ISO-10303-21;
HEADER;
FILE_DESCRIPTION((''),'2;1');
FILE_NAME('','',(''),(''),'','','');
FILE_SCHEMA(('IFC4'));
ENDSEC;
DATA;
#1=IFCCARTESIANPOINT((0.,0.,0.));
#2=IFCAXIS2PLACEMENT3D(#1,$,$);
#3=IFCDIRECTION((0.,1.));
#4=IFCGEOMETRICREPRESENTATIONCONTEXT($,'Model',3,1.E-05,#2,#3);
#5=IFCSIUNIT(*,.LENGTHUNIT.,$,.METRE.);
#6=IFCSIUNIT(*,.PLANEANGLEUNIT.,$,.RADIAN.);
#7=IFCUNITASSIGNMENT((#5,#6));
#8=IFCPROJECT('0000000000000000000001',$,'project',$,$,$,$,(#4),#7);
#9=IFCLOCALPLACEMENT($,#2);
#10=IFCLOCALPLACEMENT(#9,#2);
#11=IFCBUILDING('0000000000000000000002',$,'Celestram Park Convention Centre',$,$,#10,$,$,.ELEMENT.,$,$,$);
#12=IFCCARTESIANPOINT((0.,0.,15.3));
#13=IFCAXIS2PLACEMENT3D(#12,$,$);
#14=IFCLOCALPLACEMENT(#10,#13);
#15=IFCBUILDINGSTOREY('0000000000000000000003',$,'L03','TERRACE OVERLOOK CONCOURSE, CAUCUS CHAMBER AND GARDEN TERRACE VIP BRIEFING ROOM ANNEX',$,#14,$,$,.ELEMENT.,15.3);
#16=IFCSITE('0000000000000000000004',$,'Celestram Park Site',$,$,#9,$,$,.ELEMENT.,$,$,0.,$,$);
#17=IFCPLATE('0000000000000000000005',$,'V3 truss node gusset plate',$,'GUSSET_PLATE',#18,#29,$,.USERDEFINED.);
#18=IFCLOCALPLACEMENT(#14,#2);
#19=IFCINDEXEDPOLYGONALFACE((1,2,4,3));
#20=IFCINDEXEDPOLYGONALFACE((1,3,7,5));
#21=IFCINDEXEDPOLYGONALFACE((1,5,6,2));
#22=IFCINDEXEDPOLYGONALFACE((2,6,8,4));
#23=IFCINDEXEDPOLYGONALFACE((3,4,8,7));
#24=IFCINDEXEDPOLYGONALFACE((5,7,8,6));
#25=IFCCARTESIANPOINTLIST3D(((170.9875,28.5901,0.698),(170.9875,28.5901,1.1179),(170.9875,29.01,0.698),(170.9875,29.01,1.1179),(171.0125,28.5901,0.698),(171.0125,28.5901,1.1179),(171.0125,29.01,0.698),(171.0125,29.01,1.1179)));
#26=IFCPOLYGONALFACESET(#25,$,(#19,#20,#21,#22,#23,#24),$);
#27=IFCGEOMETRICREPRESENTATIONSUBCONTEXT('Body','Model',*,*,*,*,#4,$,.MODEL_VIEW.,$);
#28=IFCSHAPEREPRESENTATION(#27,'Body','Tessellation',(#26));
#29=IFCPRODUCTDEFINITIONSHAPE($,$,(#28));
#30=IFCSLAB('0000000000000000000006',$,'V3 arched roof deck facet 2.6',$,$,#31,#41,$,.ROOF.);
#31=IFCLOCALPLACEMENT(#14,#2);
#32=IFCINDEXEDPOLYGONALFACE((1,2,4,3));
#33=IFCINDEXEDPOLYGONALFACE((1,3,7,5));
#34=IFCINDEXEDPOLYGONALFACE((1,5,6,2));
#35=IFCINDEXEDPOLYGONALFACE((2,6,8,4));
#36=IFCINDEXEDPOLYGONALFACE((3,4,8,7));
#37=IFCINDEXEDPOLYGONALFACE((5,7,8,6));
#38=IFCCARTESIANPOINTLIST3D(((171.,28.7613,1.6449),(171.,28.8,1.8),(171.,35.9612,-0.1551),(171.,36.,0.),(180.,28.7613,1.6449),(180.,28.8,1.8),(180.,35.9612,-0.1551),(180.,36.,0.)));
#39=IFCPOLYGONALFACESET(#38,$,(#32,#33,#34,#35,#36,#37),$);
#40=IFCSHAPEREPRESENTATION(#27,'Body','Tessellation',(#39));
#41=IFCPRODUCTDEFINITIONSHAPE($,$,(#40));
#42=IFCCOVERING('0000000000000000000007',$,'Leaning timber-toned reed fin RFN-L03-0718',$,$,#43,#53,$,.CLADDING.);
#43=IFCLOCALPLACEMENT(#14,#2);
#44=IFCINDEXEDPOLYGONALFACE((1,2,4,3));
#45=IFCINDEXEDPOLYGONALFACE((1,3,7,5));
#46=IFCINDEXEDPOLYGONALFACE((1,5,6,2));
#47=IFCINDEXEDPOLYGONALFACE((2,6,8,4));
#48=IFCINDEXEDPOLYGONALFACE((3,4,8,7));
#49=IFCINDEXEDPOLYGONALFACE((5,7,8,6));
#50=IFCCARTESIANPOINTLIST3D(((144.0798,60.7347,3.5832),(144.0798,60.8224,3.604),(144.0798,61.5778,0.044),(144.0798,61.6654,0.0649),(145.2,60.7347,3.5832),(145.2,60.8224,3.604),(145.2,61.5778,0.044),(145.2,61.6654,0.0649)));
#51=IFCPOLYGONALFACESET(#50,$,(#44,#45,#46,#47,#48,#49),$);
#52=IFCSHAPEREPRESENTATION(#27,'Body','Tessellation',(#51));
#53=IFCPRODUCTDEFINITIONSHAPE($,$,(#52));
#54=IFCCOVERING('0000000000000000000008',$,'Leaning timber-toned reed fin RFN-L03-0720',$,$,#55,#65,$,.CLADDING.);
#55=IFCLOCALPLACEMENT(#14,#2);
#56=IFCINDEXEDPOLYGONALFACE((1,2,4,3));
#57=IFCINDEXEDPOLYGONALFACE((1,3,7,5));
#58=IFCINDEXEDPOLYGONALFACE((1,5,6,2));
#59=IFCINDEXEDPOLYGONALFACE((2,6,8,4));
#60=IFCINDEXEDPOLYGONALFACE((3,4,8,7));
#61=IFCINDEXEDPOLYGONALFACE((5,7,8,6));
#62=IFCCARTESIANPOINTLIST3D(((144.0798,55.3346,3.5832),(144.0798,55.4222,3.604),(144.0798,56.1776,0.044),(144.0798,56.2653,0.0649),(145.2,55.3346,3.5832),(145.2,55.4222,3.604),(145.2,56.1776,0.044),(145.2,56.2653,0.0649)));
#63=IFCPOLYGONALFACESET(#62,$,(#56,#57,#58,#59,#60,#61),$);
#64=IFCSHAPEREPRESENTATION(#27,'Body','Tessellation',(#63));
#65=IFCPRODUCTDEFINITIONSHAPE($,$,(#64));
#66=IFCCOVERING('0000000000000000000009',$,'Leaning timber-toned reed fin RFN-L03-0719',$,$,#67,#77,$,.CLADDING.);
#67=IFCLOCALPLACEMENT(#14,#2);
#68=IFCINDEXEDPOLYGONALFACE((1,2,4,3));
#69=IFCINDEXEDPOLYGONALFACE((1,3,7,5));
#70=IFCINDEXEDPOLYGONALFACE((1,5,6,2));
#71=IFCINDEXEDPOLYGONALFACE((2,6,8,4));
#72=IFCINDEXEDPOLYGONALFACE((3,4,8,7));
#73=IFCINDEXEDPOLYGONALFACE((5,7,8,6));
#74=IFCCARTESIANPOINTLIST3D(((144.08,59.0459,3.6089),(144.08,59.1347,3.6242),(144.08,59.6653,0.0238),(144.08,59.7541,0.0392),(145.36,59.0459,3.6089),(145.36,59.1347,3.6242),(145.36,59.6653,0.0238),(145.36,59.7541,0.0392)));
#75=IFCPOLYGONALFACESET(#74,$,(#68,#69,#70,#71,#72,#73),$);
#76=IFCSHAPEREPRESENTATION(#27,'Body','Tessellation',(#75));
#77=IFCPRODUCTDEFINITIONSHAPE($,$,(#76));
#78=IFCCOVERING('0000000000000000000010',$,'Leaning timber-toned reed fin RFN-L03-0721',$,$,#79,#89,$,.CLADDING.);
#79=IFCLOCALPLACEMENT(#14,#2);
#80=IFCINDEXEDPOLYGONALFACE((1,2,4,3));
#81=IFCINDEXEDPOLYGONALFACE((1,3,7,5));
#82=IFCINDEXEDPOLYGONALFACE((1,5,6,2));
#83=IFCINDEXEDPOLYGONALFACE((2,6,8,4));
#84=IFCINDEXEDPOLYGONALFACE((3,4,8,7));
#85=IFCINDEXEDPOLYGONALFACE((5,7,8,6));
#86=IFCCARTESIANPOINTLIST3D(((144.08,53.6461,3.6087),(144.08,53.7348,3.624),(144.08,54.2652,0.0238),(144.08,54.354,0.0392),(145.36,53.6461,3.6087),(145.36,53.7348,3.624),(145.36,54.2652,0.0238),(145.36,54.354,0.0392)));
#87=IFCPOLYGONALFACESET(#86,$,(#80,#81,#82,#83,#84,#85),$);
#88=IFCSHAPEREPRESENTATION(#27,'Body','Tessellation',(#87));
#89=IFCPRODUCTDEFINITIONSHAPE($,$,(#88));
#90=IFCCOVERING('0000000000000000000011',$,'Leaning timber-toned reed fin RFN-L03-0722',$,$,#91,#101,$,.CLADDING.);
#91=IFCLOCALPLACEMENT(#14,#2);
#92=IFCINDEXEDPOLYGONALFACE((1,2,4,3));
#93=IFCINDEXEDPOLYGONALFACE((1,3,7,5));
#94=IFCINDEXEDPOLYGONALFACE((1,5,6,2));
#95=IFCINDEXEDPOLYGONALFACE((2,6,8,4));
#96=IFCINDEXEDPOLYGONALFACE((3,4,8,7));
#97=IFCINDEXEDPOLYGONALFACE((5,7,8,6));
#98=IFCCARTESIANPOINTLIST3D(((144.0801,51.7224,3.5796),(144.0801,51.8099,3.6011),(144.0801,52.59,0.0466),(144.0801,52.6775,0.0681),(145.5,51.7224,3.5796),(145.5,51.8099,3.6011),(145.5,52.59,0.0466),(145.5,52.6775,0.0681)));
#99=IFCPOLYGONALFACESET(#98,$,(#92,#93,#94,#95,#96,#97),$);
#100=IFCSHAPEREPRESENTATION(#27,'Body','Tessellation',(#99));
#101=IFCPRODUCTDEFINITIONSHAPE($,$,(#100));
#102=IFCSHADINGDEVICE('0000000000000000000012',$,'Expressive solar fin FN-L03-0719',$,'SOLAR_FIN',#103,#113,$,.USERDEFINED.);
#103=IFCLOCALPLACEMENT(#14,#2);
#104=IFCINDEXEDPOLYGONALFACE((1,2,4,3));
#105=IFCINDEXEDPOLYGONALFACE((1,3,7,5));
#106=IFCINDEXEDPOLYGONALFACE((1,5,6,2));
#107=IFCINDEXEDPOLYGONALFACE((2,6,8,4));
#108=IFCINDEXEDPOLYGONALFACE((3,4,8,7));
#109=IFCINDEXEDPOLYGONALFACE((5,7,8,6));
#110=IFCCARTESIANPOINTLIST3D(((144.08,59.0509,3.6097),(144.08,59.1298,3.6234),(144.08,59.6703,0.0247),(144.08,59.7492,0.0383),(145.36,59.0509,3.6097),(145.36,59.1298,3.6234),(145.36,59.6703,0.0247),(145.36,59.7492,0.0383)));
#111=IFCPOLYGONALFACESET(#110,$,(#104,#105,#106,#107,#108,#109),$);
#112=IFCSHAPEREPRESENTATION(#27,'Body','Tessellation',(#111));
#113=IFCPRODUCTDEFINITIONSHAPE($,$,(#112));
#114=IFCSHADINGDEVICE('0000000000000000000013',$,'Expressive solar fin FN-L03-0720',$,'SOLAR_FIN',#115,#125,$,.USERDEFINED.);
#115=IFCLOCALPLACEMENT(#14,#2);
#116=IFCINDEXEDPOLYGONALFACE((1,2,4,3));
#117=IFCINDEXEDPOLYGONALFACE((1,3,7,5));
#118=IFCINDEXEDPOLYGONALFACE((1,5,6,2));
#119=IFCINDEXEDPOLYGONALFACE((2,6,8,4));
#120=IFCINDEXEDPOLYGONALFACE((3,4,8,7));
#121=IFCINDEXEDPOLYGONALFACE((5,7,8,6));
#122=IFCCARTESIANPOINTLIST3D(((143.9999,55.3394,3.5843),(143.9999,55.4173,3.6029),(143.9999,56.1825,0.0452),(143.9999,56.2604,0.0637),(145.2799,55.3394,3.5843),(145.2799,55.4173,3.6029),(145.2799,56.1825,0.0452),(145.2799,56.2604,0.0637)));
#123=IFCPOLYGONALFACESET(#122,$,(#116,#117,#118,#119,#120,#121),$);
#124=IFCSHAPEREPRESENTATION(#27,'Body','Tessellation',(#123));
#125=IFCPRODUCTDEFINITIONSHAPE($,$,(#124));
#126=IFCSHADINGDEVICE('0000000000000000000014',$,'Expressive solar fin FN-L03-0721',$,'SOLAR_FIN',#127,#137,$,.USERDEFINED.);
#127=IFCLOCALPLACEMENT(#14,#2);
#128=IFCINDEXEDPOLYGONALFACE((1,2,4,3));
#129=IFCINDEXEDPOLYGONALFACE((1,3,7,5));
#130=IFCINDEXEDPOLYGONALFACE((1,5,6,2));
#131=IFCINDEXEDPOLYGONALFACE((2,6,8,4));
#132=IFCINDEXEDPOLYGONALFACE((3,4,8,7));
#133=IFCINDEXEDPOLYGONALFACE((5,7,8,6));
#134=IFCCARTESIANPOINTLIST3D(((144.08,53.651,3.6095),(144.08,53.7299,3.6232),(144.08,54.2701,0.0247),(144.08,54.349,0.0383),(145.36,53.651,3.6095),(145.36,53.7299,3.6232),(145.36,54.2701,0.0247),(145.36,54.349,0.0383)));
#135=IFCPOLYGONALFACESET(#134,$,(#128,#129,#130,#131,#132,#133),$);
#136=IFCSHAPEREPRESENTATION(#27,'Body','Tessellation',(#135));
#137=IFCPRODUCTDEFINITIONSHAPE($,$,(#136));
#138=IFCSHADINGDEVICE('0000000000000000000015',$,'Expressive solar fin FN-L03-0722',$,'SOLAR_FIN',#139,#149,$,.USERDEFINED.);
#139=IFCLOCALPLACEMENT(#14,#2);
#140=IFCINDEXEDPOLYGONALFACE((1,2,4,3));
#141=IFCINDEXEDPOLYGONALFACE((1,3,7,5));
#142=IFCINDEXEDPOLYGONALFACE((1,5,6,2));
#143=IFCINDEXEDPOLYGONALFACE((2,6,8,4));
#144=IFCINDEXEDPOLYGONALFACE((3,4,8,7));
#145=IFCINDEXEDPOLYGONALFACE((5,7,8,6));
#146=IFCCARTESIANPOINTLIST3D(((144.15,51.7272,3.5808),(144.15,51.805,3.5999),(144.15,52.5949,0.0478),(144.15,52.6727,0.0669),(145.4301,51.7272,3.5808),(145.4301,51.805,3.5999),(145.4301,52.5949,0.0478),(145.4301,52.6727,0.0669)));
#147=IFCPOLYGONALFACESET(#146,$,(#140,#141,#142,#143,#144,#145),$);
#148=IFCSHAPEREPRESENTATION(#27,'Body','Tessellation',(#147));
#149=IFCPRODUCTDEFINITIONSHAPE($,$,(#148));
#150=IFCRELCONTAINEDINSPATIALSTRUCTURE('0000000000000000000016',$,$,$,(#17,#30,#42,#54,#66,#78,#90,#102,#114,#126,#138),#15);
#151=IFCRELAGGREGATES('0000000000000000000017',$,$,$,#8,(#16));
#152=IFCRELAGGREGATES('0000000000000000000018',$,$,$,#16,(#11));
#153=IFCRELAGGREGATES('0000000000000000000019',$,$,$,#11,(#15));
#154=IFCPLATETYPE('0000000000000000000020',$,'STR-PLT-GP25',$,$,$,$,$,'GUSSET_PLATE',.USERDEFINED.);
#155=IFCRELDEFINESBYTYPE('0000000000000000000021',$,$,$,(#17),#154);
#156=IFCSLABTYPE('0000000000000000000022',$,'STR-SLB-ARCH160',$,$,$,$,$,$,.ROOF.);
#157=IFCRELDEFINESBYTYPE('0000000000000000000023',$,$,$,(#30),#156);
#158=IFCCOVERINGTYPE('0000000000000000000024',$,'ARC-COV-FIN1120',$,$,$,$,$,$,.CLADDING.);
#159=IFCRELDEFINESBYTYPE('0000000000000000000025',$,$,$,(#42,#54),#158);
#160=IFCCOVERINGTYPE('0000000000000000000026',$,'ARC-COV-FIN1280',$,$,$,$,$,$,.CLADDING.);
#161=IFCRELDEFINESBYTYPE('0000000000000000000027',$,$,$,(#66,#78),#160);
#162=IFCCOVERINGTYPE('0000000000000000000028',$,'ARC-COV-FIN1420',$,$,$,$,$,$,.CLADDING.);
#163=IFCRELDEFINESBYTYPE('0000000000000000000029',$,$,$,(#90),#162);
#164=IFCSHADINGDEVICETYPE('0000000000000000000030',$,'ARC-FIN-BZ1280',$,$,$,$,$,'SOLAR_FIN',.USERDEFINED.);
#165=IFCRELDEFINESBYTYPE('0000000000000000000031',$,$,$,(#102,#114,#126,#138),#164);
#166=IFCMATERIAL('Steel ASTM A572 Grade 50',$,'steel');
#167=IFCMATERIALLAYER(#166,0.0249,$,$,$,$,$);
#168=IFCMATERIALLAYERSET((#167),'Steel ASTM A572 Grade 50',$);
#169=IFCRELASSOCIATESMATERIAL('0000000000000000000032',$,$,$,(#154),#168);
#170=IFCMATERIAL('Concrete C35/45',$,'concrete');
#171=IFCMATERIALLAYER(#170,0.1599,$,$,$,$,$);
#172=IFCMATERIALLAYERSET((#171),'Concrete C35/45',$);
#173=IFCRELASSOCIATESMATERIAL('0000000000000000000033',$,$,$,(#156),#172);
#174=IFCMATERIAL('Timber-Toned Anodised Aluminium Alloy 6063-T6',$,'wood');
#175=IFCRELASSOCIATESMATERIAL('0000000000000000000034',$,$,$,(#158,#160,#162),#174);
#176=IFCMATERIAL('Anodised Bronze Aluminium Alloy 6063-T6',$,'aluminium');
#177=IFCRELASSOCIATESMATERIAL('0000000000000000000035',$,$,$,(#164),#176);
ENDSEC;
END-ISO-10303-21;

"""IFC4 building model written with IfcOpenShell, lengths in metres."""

from ifc_helpers import new_model, si_unit, direction, frame, origin, origin_2d, place, context, subcontext, project, spatial, polyline, rectangle, outline, extrude, material, layer, layer_set, material_profile, profile_set, type_object, element, save


model = new_model("IFC4")

# Units and contexts
model_context = context("Model", 3, precision=1e-05, world=origin(), true_north=direction((0.0, 1.0)))
body_context = subcontext(model_context, "Body", "Model", "MODEL_VIEW")
ifc_project = project(units=[si_unit("LENGTHUNIT", "METRE"), si_unit("PLANEANGLEUNIT", "RADIAN")], contexts=[model_context])

# Site, building, storey
site_placement = place(None, origin())
site = spatial("IfcSite", under=ifc_project, at=site_placement, Name="Celestram Park Site", CompositionType="ELEMENT", RefElevation=0.0)
building_placement = place(site_placement, origin())
building = spatial("IfcBuilding", under=site, at=building_placement, Name="Celestram Park Convention Centre", CompositionType="ELEMENT")
storey_placement = place(building_placement, frame((0.0, 0.0, 15.3)))
storey = spatial("IfcBuildingStorey", under=building, at=storey_placement, Name="L03", Description="TERRACE OVERLOOK CONCOURSE, CAUCUS CHAMBER AND GARDEN TERRACE VIP BRIEFING ROOM ANNEX", CompositionType="ELEMENT", Elevation=15.3)

# Plate
ifc_material_1 = material(Name="Steel ASTM A572 Grade 50", Category="steel")
ifc_layer_1 = layer(ifc_material_1, 0.0249)
ifc_layer_set_1 = layer_set([ifc_layer_1], Name="Steel ASTM A572 Grade 50")
plate_type = type_object("IfcPlateType", Name="STR-PLT-GP25", ElementType="GUSSET_PLATE", PredefinedType="USERDEFINED", material=ifc_layer_set_1)
plate_placement = place(storey_placement, frame((171.0, 28.8, 0.698), z_axis=(0.0, 0.0, 1.0), x_axis=(0.0, 1.0, 0.0)))
element("IfcPlate", 1, at=plate_placement, inside=storey, type_object=plate_type, Name="V3 truss node gusset plate", ObjectType="GUSSET_PLATE", PredefinedType="USERDEFINED", context=body_context, shape_type="SweptSolid", body=[
    extrude(rectangle(XDim=0.4199, YDim=0.0249, at=origin_2d()), origin(), (0.0, 0.0, 1.0), 0.4199),
])

# Slab
ifc_material_2 = material(Name="Concrete C35/45", Category="concrete")
ifc_layer_2 = layer(ifc_material_2, 0.1599)
ifc_layer_set_2 = layer_set([ifc_layer_2], Name="Concrete C35/45")
slab_type = type_object("IfcSlabType", Name="STR-SLB-ARCH160", PredefinedType="ROOF", material=ifc_layer_set_2)
slab_placement = place(storey_placement, frame((171.0, 28.8, 1.8), z_axis=(0.0, 0.242543, 0.970141), x_axis=(1.0, 0.0, 0.0)))
element("IfcSlab", 2, at=slab_placement, inside=storey, type_object=slab_type, Name="V3 arched roof deck facet 2.6", PredefinedType="ROOF", context=body_context, shape_type="SweptSolid", body=[
    extrude(outline(polyline([(0.0, 0.0), (9.0, 0.0), (9.0, 7.4216), (0.0, 7.4216), (0.0, 0.0)])), origin(), (0.0, 0.0, -1.0), 0.1599),
])

# Coverings
ifc_material_3 = material(Name="Timber-Toned Anodised Aluminium Alloy 6063-T6", Category="wood")
ifc_material_profile_1 = material_profile(ifc_material_3, rectangle(XDim=1.1201, YDim=0.0901, at=origin_2d()), Name="REED1120X90")
ifc_profile_set_1 = profile_set([ifc_material_profile_1], Name="Timber-Toned Anodised Aluminium Alloy 6063-T6")
covering_type_1 = type_object("IfcCoveringType", Name="ARC-COV-FIN1120", PredefinedType="CLADDING", material=ifc_profile_set_1)
for number, where, z_axis, x_axis, name in (
    (3, (144.6399, 61.6216, 0.0544), (0.0, -0.23172, 0.972782), (1.0, 0.0, 0.0), "Leaning timber-toned reed fin RFN-L03-0718"),
    (4, (144.6399, 56.2214, 0.0544), (0.0, -0.23172, 0.972782), (1.0, 0.0, 0.0), "Leaning timber-toned reed fin RFN-L03-0720"),
):
    element("IfcCovering", number, at=place(storey_placement, frame(where, z_axis=z_axis, x_axis=x_axis)), inside=storey, type_object=covering_type_1, Name=name, PredefinedType="CLADDING", context=body_context, shape_type="SweptSolid", body=[
        extrude(rectangle(XDim=1.1201, YDim=0.0901, at=origin_2d()), origin(), (0.0, 0.0, 1.0), 3.6382),
    ])
ifc_material_profile_2 = material_profile(ifc_material_3, rectangle(XDim=1.28, YDim=0.0901, at=origin_2d()), Name="REED1280X90")
ifc_profile_set_2 = profile_set([ifc_material_profile_2], Name="Timber-Toned Anodised Aluminium Alloy 6063-T6")
covering_type_2 = type_object("IfcCoveringType", Name="ARC-COV-FIN1280", PredefinedType="CLADDING", material=ifc_profile_set_2)
covering_1_placement = place(storey_placement, frame((144.72, 59.7097, 0.0315), z_axis=(0.0, -0.170251, 0.985401), x_axis=(1.0, 0.0, 0.0)))
element("IfcCovering", 5, at=covering_1_placement, inside=storey, type_object=covering_type_2, Name="Leaning timber-toned reed fin RFN-L03-0719", PredefinedType="CLADDING", context=body_context, shape_type="SweptSolid", body=[
    extrude(rectangle(XDim=1.28, YDim=0.0901, at=origin_2d()), origin(), (0.0, 0.0, 1.0), 3.6382),
])
covering_2_placement = place(storey_placement, frame((144.72, 54.3096, 0.0315), z_axis=(0.0, -0.170186, 0.985412), x_axis=(1.0, 0.0, 0.0)))
element("IfcCovering", 6, at=covering_2_placement, inside=storey, type_object=covering_type_2, Name="Leaning timber-toned reed fin RFN-L03-0721", PredefinedType="CLADDING", context=body_context, shape_type="SweptSolid", body=[
    extrude(rectangle(XDim=1.28, YDim=0.0901, at=origin_2d()), origin(), (0.0, 0.0, 1.0), 3.6379),
])
ifc_material_profile_3 = material_profile(ifc_material_3, rectangle(XDim=1.4199, YDim=0.0901, at=origin_2d()), Name="REED1420X90")
ifc_profile_set_3 = profile_set([ifc_material_profile_3], Name="Timber-Toned Anodised Aluminium Alloy 6063-T6")
covering_type_3 = type_object("IfcCoveringType", Name="ARC-COV-FIN1420", PredefinedType="CLADDING", material=ifc_profile_set_3)
covering_3_placement = place(storey_placement, frame((144.79, 52.6338, 0.0574), z_axis=(0.0, -0.238507, 0.971141), x_axis=(1.0, 0.0, 0.0)))
element("IfcCovering", 7, at=covering_3_placement, inside=storey, type_object=covering_type_3, Name="Leaning timber-toned reed fin RFN-L03-0722", PredefinedType="CLADDING", context=body_context, shape_type="SweptSolid", body=[
    extrude(rectangle(XDim=1.4199, YDim=0.0901, at=origin_2d()), origin(), (0.0, 0.0, 1.0), 3.6379),
])

# Shading devices
ifc_material_4 = material(Name="Anodised Bronze Aluminium Alloy 6063-T6", Category="aluminium")
ifc_material_profile_4 = material_profile(ifc_material_4, rectangle(XDim=1.28, YDim=0.0801, at=origin_2d()), Name="FIN1280X80")
ifc_profile_set_4 = profile_set([ifc_material_profile_4], Name="Anodised Bronze Aluminium Alloy 6063-T6")
shading_device_type = type_object("IfcShadingDeviceType", Name="ARC-FIN-BZ1280", ElementType="SOLAR_FIN", PredefinedType="USERDEFINED", material=ifc_profile_set_4)
for number, where, z_axis, x_axis, name in (
    (8, (144.72, 59.7097, 0.0315), (0.0, -0.170251, 0.985401), (1.0, 0.0, 0.0), "Expressive solar fin FN-L03-0719"),
    (9, (144.6399, 56.2214, 0.0544), (0.0, -0.23172, 0.972782), (1.0, 0.0, 0.0), "Expressive solar fin FN-L03-0720"),
):
    element("IfcShadingDevice", number, at=place(storey_placement, frame(where, z_axis=z_axis, x_axis=x_axis)), inside=storey, type_object=shading_device_type, Name=name, ObjectType="SOLAR_FIN", PredefinedType="USERDEFINED", context=body_context, shape_type="SweptSolid", body=[
        extrude(rectangle(XDim=1.28, YDim=0.0801, at=origin_2d()), origin(), (0.0, 0.0, 1.0), 3.6382),
    ])
for number, where, z_axis, x_axis, name in (
    (10, (144.72, 54.3096, 0.0315), (0.0, -0.170186, 0.985412), (1.0, 0.0, 0.0), "Expressive solar fin FN-L03-0721"),
    (11, (144.79, 52.6338, 0.0574), (0.0, -0.238507, 0.971141), (1.0, 0.0, 0.0), "Expressive solar fin FN-L03-0722"),
):
    element("IfcShadingDevice", number, at=place(storey_placement, frame(where, z_axis=z_axis, x_axis=x_axis)), inside=storey, type_object=shading_device_type, Name=name, ObjectType="SOLAR_FIN", PredefinedType="USERDEFINED", context=body_context, shape_type="SweptSolid", body=[
        extrude(rectangle(XDim=1.28, YDim=0.0801, at=origin_2d()), origin(), (0.0, 0.0, 1.0), 3.6379),
    ])

save(model, "model.ifc")
